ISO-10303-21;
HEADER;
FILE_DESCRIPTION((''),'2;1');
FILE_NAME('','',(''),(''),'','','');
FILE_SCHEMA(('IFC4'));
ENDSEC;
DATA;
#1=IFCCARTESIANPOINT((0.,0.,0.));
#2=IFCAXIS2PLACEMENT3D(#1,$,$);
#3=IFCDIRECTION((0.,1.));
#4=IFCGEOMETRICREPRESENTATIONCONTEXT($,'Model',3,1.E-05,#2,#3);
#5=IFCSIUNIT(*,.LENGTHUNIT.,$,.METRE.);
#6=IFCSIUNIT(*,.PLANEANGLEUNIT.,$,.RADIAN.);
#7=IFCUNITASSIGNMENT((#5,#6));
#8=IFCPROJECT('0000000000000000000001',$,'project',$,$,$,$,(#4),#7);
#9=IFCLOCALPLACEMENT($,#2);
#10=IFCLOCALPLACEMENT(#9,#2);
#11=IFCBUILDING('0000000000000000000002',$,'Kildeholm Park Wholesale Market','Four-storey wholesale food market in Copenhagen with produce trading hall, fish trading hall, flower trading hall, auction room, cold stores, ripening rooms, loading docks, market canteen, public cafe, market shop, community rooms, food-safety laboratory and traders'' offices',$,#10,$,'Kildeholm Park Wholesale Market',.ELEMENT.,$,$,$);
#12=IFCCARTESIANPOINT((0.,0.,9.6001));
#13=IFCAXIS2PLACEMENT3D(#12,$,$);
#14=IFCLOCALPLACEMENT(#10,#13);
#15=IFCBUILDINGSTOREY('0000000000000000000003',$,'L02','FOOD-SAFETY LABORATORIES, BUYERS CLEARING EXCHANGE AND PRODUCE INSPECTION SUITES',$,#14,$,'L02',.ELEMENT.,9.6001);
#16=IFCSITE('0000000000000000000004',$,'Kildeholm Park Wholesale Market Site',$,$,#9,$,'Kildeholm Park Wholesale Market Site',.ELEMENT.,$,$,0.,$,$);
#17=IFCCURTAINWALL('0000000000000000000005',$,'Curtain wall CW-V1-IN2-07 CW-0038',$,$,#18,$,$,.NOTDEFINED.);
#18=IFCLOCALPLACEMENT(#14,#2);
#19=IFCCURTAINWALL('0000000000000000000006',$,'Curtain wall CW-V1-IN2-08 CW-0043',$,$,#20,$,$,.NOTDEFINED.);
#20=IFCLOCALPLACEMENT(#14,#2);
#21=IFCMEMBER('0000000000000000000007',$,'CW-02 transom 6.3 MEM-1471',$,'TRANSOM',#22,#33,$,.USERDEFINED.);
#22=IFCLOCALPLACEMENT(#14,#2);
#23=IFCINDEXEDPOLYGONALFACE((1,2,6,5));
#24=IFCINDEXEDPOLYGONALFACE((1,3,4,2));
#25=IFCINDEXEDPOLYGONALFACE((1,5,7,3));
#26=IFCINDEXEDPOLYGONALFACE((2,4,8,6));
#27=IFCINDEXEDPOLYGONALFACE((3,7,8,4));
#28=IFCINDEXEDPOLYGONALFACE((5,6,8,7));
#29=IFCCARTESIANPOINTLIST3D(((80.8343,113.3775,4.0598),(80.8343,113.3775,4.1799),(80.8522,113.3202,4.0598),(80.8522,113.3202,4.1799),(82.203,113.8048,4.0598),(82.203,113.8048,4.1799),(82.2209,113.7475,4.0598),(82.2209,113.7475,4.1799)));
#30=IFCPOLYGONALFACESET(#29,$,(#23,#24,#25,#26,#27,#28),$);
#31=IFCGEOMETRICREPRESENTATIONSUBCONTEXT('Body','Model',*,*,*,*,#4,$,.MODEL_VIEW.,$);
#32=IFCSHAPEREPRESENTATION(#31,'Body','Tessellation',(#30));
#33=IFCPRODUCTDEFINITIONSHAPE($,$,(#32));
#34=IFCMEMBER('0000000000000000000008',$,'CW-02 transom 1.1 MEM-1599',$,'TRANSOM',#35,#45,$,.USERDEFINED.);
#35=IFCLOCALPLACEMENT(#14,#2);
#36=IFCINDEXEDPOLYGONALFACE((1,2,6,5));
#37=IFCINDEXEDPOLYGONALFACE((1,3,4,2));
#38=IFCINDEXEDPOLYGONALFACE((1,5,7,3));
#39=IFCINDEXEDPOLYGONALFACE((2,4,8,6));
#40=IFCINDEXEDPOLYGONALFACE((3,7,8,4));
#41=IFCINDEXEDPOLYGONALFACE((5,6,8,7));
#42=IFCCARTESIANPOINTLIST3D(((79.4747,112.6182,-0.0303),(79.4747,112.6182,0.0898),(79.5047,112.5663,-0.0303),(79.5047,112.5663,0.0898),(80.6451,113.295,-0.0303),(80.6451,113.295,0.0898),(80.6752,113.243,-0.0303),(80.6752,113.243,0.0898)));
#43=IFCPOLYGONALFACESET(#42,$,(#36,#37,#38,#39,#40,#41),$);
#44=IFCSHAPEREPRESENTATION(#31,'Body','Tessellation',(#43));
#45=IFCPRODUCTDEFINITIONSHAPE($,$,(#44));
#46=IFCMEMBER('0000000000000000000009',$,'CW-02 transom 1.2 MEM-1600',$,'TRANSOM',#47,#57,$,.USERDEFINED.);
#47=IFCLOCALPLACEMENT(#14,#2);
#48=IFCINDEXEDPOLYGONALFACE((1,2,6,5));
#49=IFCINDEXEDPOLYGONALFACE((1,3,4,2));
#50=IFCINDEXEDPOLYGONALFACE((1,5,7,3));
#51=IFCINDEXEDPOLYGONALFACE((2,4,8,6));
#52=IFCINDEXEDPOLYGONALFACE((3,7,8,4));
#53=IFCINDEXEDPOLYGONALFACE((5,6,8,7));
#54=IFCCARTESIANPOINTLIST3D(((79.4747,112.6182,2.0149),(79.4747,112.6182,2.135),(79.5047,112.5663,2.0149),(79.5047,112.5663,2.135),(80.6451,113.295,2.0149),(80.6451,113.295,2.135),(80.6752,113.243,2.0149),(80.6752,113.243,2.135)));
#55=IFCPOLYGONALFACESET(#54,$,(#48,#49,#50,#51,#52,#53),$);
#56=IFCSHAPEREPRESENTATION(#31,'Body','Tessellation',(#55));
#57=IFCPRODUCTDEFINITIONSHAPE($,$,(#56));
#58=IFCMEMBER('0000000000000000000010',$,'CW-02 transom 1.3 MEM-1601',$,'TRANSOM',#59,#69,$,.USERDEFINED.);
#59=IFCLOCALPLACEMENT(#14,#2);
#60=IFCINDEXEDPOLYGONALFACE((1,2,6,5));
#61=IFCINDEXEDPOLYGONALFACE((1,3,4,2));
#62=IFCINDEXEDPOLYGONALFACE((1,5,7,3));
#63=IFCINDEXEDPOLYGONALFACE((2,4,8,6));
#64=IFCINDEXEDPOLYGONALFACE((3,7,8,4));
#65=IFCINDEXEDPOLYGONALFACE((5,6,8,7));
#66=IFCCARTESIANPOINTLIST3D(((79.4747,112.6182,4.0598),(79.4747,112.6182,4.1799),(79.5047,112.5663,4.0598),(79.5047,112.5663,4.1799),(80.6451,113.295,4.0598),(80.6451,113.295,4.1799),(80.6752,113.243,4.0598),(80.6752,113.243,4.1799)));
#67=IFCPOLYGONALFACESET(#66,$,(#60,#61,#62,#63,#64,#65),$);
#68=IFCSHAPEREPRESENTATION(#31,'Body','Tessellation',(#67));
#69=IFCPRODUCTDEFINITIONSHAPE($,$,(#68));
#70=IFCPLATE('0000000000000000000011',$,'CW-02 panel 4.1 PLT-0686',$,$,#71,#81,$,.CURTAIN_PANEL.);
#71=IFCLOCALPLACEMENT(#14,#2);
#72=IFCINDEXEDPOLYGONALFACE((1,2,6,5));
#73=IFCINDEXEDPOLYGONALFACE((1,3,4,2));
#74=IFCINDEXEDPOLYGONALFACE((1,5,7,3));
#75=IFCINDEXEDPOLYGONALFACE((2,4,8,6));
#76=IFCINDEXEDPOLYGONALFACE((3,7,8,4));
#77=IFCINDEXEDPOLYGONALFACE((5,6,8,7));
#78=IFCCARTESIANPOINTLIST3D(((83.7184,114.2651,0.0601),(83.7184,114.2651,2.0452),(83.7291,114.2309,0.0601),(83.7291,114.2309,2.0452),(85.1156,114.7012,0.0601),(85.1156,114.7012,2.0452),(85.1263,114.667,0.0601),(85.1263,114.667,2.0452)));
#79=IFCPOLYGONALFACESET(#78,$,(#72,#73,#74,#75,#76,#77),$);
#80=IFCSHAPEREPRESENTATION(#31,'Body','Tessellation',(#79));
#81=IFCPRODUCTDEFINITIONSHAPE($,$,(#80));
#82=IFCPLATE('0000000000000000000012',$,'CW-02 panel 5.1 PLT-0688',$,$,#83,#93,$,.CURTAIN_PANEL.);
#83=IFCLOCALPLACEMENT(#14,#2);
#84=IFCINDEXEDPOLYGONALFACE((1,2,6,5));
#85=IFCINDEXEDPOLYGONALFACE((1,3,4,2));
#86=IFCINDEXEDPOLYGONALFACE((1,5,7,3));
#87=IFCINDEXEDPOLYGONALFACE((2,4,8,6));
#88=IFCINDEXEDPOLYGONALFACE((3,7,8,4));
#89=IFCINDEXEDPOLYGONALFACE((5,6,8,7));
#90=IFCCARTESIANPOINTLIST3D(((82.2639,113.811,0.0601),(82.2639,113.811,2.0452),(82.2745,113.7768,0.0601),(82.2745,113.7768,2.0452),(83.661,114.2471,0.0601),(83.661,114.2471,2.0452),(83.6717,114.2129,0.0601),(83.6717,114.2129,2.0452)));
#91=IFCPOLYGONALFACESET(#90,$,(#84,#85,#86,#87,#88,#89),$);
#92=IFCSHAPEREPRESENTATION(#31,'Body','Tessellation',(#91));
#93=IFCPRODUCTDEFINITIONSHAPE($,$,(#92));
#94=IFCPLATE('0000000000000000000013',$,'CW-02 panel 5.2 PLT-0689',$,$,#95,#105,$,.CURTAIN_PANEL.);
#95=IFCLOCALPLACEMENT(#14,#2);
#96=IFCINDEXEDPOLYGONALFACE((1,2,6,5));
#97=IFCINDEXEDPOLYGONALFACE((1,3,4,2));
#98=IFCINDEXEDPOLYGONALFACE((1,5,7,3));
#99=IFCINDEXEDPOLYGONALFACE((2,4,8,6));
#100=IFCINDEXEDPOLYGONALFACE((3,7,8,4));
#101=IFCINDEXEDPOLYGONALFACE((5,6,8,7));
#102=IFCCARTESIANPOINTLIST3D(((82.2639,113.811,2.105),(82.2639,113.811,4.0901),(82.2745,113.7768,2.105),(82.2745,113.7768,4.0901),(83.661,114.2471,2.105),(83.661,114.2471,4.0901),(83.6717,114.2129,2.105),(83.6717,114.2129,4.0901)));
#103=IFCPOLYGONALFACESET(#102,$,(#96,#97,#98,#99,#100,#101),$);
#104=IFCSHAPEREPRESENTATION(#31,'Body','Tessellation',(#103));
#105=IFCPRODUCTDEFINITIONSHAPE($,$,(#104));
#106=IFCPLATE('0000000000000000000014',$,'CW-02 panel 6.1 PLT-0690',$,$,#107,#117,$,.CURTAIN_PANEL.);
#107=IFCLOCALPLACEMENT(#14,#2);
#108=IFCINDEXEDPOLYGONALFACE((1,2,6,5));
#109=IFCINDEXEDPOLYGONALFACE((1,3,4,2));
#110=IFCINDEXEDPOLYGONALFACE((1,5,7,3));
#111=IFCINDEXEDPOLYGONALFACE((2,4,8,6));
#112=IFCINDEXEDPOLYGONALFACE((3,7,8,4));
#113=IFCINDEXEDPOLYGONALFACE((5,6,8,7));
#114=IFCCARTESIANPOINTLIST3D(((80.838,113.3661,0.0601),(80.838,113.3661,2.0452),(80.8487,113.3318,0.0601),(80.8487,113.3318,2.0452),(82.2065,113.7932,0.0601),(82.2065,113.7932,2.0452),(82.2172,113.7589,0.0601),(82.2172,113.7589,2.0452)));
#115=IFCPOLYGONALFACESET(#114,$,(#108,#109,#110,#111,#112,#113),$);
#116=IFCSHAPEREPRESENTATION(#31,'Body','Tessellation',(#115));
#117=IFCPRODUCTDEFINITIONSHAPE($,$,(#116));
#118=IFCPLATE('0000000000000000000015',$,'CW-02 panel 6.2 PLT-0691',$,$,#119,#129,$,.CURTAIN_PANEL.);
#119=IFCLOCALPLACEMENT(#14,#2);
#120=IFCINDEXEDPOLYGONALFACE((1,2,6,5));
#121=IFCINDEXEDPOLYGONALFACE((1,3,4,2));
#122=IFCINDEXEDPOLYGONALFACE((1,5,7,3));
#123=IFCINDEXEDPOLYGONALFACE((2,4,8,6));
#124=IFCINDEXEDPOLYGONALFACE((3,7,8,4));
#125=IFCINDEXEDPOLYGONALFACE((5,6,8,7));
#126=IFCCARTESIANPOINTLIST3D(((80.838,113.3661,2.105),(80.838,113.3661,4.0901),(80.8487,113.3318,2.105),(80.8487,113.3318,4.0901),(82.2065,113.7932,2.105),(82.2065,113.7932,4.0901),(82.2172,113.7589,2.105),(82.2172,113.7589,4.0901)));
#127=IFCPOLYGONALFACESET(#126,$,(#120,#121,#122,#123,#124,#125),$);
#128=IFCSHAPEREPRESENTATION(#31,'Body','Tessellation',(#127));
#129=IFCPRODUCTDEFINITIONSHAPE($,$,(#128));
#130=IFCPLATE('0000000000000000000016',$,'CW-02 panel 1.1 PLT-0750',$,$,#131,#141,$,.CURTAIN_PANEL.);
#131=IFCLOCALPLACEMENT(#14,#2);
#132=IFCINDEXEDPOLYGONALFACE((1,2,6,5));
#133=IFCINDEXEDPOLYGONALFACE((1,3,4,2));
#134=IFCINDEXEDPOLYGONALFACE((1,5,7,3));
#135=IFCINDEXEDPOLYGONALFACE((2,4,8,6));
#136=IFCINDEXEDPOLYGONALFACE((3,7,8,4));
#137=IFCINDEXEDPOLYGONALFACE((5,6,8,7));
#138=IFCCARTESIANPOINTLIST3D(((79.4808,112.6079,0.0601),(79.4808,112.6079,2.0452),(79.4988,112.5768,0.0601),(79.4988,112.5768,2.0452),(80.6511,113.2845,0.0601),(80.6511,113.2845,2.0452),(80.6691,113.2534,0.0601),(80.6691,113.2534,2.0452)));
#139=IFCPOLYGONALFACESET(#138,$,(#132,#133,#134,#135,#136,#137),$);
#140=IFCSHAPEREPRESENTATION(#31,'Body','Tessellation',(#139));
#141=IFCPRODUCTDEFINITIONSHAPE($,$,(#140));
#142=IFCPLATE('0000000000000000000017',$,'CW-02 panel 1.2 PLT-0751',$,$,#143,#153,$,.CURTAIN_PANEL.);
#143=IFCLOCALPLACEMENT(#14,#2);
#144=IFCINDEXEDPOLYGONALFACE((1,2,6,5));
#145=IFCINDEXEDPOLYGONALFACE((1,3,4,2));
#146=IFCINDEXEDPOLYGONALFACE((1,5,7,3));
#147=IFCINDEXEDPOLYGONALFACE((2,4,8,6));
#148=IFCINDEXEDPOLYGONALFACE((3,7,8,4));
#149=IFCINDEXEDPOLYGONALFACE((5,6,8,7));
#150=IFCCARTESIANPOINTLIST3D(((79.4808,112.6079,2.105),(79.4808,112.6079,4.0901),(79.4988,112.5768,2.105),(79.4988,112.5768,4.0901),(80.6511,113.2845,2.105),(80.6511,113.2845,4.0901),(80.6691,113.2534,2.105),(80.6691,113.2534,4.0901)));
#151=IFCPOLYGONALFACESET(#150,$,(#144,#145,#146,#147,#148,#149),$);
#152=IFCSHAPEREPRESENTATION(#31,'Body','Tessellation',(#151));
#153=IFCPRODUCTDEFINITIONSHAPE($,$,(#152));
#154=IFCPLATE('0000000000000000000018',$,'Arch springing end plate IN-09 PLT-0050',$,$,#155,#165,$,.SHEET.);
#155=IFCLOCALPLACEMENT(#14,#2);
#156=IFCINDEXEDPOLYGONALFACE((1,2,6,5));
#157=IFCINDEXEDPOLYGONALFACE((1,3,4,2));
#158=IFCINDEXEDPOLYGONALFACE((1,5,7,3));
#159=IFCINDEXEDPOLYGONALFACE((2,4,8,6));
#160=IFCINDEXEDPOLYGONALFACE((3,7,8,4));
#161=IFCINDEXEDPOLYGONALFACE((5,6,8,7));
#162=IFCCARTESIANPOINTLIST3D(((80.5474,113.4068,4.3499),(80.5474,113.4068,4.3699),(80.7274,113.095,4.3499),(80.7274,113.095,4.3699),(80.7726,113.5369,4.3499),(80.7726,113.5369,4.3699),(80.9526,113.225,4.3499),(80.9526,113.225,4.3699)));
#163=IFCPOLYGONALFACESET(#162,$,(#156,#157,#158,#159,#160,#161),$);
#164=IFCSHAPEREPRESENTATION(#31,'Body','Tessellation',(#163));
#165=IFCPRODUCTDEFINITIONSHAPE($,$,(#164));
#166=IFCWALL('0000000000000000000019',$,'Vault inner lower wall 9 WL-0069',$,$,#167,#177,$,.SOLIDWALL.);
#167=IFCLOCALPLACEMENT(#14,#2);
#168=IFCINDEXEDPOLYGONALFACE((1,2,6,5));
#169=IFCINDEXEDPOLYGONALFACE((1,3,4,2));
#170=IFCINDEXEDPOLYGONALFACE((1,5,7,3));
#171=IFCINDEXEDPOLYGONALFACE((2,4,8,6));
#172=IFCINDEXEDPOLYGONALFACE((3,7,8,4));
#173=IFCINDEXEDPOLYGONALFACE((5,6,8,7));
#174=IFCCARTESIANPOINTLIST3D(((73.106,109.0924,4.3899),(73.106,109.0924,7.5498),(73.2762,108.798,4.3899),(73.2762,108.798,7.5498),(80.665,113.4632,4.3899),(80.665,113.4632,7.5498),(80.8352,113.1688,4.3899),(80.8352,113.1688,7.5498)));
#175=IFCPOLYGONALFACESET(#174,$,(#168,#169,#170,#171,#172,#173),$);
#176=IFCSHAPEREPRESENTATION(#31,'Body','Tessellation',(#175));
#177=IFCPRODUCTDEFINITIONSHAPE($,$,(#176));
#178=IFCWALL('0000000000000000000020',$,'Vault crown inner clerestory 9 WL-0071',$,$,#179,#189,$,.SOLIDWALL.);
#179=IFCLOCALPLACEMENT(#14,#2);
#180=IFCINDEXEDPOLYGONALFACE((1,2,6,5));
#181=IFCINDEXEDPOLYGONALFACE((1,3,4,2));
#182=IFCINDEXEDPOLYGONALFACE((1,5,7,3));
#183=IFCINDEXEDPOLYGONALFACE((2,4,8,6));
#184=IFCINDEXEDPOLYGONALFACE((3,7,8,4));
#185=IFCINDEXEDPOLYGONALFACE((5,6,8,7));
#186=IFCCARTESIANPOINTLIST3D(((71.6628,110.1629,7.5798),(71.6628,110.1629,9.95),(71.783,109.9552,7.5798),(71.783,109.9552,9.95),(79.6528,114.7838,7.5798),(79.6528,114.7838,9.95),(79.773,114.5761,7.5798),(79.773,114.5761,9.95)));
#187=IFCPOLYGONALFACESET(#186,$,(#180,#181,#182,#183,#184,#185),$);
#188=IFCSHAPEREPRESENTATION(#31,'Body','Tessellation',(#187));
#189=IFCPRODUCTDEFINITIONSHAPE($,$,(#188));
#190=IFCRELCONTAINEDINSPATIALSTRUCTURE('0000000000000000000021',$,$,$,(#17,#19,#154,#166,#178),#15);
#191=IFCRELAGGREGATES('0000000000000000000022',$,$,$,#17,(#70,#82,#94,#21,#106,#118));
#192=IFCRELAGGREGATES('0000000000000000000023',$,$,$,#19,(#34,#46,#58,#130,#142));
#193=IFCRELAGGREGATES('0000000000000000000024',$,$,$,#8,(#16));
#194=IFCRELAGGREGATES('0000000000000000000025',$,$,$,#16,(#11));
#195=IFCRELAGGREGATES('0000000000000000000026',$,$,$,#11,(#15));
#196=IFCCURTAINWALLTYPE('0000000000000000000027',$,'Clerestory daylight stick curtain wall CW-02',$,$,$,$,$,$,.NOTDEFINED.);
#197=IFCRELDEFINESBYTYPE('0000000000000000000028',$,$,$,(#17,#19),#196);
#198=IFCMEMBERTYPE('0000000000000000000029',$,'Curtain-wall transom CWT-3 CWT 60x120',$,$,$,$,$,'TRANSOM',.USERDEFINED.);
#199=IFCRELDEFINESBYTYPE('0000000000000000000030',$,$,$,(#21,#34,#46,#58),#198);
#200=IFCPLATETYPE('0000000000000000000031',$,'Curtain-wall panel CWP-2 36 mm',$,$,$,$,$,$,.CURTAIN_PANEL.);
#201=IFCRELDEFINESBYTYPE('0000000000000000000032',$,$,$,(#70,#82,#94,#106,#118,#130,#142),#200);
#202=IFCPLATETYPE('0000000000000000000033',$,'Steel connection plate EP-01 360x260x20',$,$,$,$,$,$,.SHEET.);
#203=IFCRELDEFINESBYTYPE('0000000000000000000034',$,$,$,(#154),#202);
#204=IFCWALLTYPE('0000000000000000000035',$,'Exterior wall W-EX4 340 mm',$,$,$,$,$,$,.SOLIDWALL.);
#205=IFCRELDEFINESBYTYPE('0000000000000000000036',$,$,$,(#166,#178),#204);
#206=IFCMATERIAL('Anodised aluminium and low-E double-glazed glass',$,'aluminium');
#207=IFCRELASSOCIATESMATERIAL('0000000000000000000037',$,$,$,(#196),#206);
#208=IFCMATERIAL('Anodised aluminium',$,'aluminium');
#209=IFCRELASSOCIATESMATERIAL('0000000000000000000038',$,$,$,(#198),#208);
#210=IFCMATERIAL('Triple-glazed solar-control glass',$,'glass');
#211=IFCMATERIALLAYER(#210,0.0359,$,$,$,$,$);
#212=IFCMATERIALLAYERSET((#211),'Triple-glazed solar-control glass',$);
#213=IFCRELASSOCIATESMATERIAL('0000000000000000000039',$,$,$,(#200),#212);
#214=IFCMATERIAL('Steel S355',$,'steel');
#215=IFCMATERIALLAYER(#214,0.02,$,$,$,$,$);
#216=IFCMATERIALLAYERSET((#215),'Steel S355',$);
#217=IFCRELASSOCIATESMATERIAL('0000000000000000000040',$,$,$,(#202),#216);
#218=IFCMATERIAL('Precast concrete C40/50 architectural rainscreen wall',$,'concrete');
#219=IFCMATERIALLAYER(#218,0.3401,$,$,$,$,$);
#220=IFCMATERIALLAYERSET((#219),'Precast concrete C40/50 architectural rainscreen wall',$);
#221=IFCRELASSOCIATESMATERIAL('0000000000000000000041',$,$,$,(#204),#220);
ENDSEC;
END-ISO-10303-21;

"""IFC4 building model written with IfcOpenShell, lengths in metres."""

from ifc_helpers import new_model, si_unit, direction, frame, frame_2d, origin, origin_2d, place, context, subcontext, project, spatial, rectangle, extrude, material, layer, layer_set, material_profile, profile_set, type_object, element, aggregate, save


model = new_model("IFC4")

# Units and contexts
model_context = context("Model", 3, precision=1e-05, world=origin(), true_north=direction((0.0, 1.0)))
body_context = subcontext(model_context, "Body", "Model", "MODEL_VIEW")
ifc_project = project(units=[si_unit("LENGTHUNIT", "METRE"), si_unit("PLANEANGLEUNIT", "RADIAN")], contexts=[model_context])

# Site, building, storey
site_placement = place(None, origin())
site = spatial("IfcSite", under=ifc_project, at=site_placement, Name="Kildeholm Park Wholesale Market Site", LongName="Kildeholm Park Wholesale Market Site", CompositionType="ELEMENT", RefElevation=0.0)
building_placement = place(site_placement, origin())
building = spatial("IfcBuilding", under=site, at=building_placement, Name="Kildeholm Park Wholesale Market", Description="Four-storey wholesale food market in Copenhagen with produce trading hall, fish trading hall, flower trading hall, auction room, cold stores, ripening rooms, loading docks, market canteen, public cafe, market shop, community rooms, food-safety laboratory and traders' offices", LongName="Kildeholm Park Wholesale Market", CompositionType="ELEMENT")
storey_placement = place(building_placement, frame((0.0, 0.0, 9.6001)))
storey = spatial("IfcBuildingStorey", under=building, at=storey_placement, Name="L02", Description="FOOD-SAFETY LABORATORIES, BUYERS CLEARING EXCHANGE AND PRODUCE INSPECTION SUITES", LongName="L02", CompositionType="ELEMENT", Elevation=9.6001)

# Shared definitions
ifc_material_1 = material(Name="Steel S355", Category="steel")

# Curtain walls
ifc_material_2 = material(Name="Anodised aluminium and low-E double-glazed glass", Category="aluminium")
curtain_wall_type = type_object("IfcCurtainWallType", Name="Clerestory daylight stick curtain wall CW-02", PredefinedType="NOTDEFINED", material=ifc_material_2)
curtain_wall_1_placement = place(storey_placement, origin())
curtain_wall_1 = element("IfcCurtainWall", 1, at=curtain_wall_1_placement, inside=storey, type_object=curtain_wall_type, Name="Curtain wall CW-V1-IN2-07 CW-0038", PredefinedType="NOTDEFINED")
ifc_material_3 = material(Name="Anodised aluminium", Category="aluminium")
curtain_wall_2_placement = place(storey_placement, origin())
curtain_wall_2 = element("IfcCurtainWall", 2, at=curtain_wall_2_placement, inside=storey, type_object=curtain_wall_type, Name="Curtain wall CW-V1-IN2-08 CW-0043", PredefinedType="NOTDEFINED")

# Members
ifc_material_profile_1 = material_profile(ifc_material_3, rectangle(XDim=0.0601, YDim=0.1201, at=origin_2d()), Name="CWT 60x120")
ifc_profile_set_1 = profile_set([ifc_material_profile_1], Name="Anodised aluminium")
member_type_1 = type_object("IfcMemberType", Name="Curtain-wall transom CWT-3 CWT 60x120", ElementType="TRANSOM", PredefinedType="USERDEFINED", material=ifc_profile_set_1)
member_1_placement = place(storey_placement, frame((82.2119, 113.7761, 4.1199), z_axis=(-0.954571, -0.297984, 0.0), x_axis=(0.297984, -0.954571, 0.0)))
member_1 = element("IfcMember", 3, at=member_1_placement, type_object=member_type_1, Name="CW-02 transom 6.3 MEM-1471", ObjectType="TRANSOM", PredefinedType="USERDEFINED", context=body_context, shape_type="SweptSolid", body=[
    extrude(rectangle(XDim=0.0601, YDim=0.1201, at=origin_2d()), origin(), (0.0, 0.0, 1.0), 1.4338),
])
member_2_placement = place(storey_placement, frame((80.6602, 113.269, 0.0298), z_axis=(-0.865698, -0.500566, 0.0), x_axis=(0.500566, -0.865698, 0.0)))
member_2 = element("IfcMember", 4, at=member_2_placement, type_object=member_type_1, Name="CW-02 transom 1.1 MEM-1599", ObjectType="TRANSOM", PredefinedType="USERDEFINED", context=body_context, shape_type="SweptSolid", body=[
    extrude(rectangle(XDim=0.0601, YDim=0.1201, at=origin_2d()), origin(), (0.0, 0.0, 1.0), 1.3521),
])
member_3_placement = place(storey_placement, frame((80.6602, 113.269, 2.075), z_axis=(-0.865698, -0.500566, 0.0), x_axis=(0.500566, -0.865698, 0.0)))
member_3 = element("IfcMember", 5, at=member_3_placement, type_object=member_type_1, Name="CW-02 transom 1.2 MEM-1600", ObjectType="TRANSOM", PredefinedType="USERDEFINED", context=body_context, shape_type="SweptSolid", body=[
    extrude(rectangle(XDim=0.0601, YDim=0.1201, at=origin_2d()), origin(), (0.0, 0.0, 1.0), 1.3521),
])
member_4_placement = place(storey_placement, frame((80.6602, 113.269, 4.1199), z_axis=(-0.865698, -0.500566, 0.0), x_axis=(0.500566, -0.865698, 0.0)))
member_4 = element("IfcMember", 6, at=member_4_placement, type_object=member_type_1, Name="CW-02 transom 1.3 MEM-1601", ObjectType="TRANSOM", PredefinedType="USERDEFINED", context=body_context, shape_type="SweptSolid", body=[
    extrude(rectangle(XDim=0.0601, YDim=0.1201, at=origin_2d()), origin(), (0.0, 0.0, 1.0), 1.3521),
])

# Plates
ifc_material_4 = material(Name="Triple-glazed solar-control glass", Category="glass")
ifc_layer_1 = layer(ifc_material_4, 0.0359)
ifc_layer_set_1 = layer_set([ifc_layer_1], Name="Triple-glazed solar-control glass")
plate_type_1 = type_object("IfcPlateType", Name="Curtain-wall panel CWP-2 36 mm", PredefinedType="CURTAIN_PANEL", material=ifc_layer_set_1)
plate_1_placement = place(storey_placement, frame((84.4224, 114.4661, 0.0601), z_axis=(0.0, 0.0, 1.0), x_axis=(-0.954579, -0.297957, 0.0)))
plate_1 = element("IfcPlate", 7, at=plate_1_placement, type_object=plate_type_1, Name="CW-02 panel 4.1 PLT-0686", PredefinedType="CURTAIN_PANEL", context=body_context, shape_type="SweptSolid", body=[
    extrude(rectangle(XDim=1.4636, YDim=0.0359, at=origin_2d()), origin(), (0.0, 0.0, 1.0), 1.9851),
])
plate_2_placement = place(storey_placement, frame((82.9678, 114.012, 0.0601), z_axis=(0.0, 0.0, 1.0), x_axis=(-0.954579, -0.297957, 0.0)))
plate_2 = element("IfcPlate", 8, at=plate_2_placement, type_object=plate_type_1, Name="CW-02 panel 5.1 PLT-0688", PredefinedType="CURTAIN_PANEL", context=body_context, shape_type="SweptSolid", body=[
    extrude(rectangle(XDim=1.4636, YDim=0.0359, at=origin_2d()), origin(), (0.0, 0.0, 1.0), 1.9851),
])
plate_3_placement = place(storey_placement, frame((82.9678, 114.012, 2.105), z_axis=(0.0, 0.0, 1.0), x_axis=(-0.954579, -0.297957, 0.0)))
plate_3 = element("IfcPlate", 9, at=plate_3_placement, type_object=plate_type_1, Name="CW-02 panel 5.2 PLT-0689", PredefinedType="CURTAIN_PANEL", context=body_context, shape_type="SweptSolid", body=[
    extrude(rectangle(XDim=1.4636, YDim=0.0359, at=origin_2d()), origin(), (0.0, 0.0, 1.0), 1.9851),
])
plate_4_placement = place(storey_placement, frame((81.5276, 113.5625, 0.0601), z_axis=(0.0, 0.0, 1.0), x_axis=(-0.954579, -0.297957, 0.0)))
plate_4 = element("IfcPlate", 10, at=plate_4_placement, type_object=plate_type_1, Name="CW-02 panel 6.1 PLT-0690", PredefinedType="CURTAIN_PANEL", context=body_context, shape_type="SweptSolid", body=[
    extrude(rectangle(XDim=1.4336, YDim=0.0359, at=origin_2d()), origin(), (0.0, 0.0, 1.0), 1.9851),
])
plate_5_placement = place(storey_placement, frame((81.5276, 113.5625, 2.105), z_axis=(0.0, 0.0, 1.0), x_axis=(-0.954579, -0.297957, 0.0)))
plate_5 = element("IfcPlate", 11, at=plate_5_placement, type_object=plate_type_1, Name="CW-02 panel 6.2 PLT-0691", PredefinedType="CURTAIN_PANEL", context=body_context, shape_type="SweptSolid", body=[
    extrude(rectangle(XDim=1.4336, YDim=0.0359, at=origin_2d()), origin(), (0.0, 0.0, 1.0), 1.9851),
])
aggregate(curtain_wall_1, [plate_1, plate_2, plate_3, member_1, plate_4, plate_5])
plate_6_placement = place(storey_placement, frame((80.075, 112.9307, 0.0601), z_axis=(0.0, 0.0, 1.0), x_axis=(-0.865743, -0.500489, 0.0)))
plate_6 = element("IfcPlate", 12, at=plate_6_placement, type_object=plate_type_1, Name="CW-02 panel 1.1 PLT-0750", PredefinedType="CURTAIN_PANEL", context=body_context, shape_type="SweptSolid", body=[
    extrude(rectangle(XDim=1.3518, YDim=0.0359, at=origin_2d()), origin(), (0.0, 0.0, 1.0), 1.9851),
])
plate_7_placement = place(storey_placement, frame((80.075, 112.9307, 2.105), z_axis=(0.0, 0.0, 1.0), x_axis=(-0.865743, -0.500489, 0.0)))
plate_7 = element("IfcPlate", 13, at=plate_7_placement, type_object=plate_type_1, Name="CW-02 panel 1.2 PLT-0751", PredefinedType="CURTAIN_PANEL", context=body_context, shape_type="SweptSolid", body=[
    extrude(rectangle(XDim=1.3518, YDim=0.0359, at=origin_2d()), origin(), (0.0, 0.0, 1.0), 1.9851),
])
aggregate(curtain_wall_2, [member_2, member_3, member_4, plate_6, plate_7])
ifc_layer_2 = layer(ifc_material_1, 0.02)
ifc_layer_set_2 = layer_set([ifc_layer_2], Name="Steel S355")
plate_type_2 = type_object("IfcPlateType", Name="Steel connection plate EP-01 360x260x20", PredefinedType="SHEET", material=ifc_layer_set_2)
plate_8_placement = place(storey_placement, frame((80.75, 113.3159, 4.3499), z_axis=(0.0, 0.0, 1.0), x_axis=(-0.5, 0.866025, 0.0)))
element("IfcPlate", 14, at=plate_8_placement, inside=storey, type_object=plate_type_2, Name="Arch springing end plate IN-09 PLT-0050", PredefinedType="SHEET", context=body_context, shape_type="SweptSolid", body=[
    extrude(rectangle(XDim=0.3601, YDim=0.26, at=origin_2d()), origin(), (0.0, 0.0, 1.0), 0.02),
])

# Walls
ifc_material_5 = material(Name="Precast concrete C40/50 architectural rainscreen wall", Category="concrete")
ifc_layer_3 = layer(ifc_material_5, 0.3401)
ifc_layer_set_3 = layer_set([ifc_layer_3], Name="Precast concrete C40/50 architectural rainscreen wall")
wall_type = type_object("IfcWallType", Name="Exterior wall W-EX4 340 mm", PredefinedType="SOLIDWALL", material=ifc_layer_set_3)
wall_1_placement = place(storey_placement, frame((80.75, 113.3159, 4.3899), z_axis=(0.0, 0.0, 1.0), x_axis=(-0.865697, -0.500568, 0.0)))
element("IfcWall", 15, at=wall_1_placement, inside=storey, type_object=wall_type, Name="Vault inner lower wall 9 WL-0069", PredefinedType="SOLIDWALL", context=body_context, shape_type="SweptSolid", body=[
    extrude(rectangle(XDim=8.7317, YDim=0.3401, at=frame_2d((4.3657, 0.0))), origin(), (0.0, 0.0, 1.0), 3.1599),
])
wall_2_placement = place(storey_placement, frame((79.7129, 114.6799, 7.5798), z_axis=(0.0, 0.0, 1.0), x_axis=(-0.865658, -0.500636, 0.0)))
element("IfcWall", 16, at=wall_2_placement, inside=storey, type_object=wall_type, Name="Vault crown inner clerestory 9 WL-0071", PredefinedType="SOLIDWALL", context=body_context, shape_type="SweptSolid", body=[
    extrude(rectangle(XDim=9.23, YDim=0.24, at=frame_2d((4.615, 0.0))), origin(), (0.0, 0.0, 1.0), 2.3701),
])

save(model, "model.ifc")
